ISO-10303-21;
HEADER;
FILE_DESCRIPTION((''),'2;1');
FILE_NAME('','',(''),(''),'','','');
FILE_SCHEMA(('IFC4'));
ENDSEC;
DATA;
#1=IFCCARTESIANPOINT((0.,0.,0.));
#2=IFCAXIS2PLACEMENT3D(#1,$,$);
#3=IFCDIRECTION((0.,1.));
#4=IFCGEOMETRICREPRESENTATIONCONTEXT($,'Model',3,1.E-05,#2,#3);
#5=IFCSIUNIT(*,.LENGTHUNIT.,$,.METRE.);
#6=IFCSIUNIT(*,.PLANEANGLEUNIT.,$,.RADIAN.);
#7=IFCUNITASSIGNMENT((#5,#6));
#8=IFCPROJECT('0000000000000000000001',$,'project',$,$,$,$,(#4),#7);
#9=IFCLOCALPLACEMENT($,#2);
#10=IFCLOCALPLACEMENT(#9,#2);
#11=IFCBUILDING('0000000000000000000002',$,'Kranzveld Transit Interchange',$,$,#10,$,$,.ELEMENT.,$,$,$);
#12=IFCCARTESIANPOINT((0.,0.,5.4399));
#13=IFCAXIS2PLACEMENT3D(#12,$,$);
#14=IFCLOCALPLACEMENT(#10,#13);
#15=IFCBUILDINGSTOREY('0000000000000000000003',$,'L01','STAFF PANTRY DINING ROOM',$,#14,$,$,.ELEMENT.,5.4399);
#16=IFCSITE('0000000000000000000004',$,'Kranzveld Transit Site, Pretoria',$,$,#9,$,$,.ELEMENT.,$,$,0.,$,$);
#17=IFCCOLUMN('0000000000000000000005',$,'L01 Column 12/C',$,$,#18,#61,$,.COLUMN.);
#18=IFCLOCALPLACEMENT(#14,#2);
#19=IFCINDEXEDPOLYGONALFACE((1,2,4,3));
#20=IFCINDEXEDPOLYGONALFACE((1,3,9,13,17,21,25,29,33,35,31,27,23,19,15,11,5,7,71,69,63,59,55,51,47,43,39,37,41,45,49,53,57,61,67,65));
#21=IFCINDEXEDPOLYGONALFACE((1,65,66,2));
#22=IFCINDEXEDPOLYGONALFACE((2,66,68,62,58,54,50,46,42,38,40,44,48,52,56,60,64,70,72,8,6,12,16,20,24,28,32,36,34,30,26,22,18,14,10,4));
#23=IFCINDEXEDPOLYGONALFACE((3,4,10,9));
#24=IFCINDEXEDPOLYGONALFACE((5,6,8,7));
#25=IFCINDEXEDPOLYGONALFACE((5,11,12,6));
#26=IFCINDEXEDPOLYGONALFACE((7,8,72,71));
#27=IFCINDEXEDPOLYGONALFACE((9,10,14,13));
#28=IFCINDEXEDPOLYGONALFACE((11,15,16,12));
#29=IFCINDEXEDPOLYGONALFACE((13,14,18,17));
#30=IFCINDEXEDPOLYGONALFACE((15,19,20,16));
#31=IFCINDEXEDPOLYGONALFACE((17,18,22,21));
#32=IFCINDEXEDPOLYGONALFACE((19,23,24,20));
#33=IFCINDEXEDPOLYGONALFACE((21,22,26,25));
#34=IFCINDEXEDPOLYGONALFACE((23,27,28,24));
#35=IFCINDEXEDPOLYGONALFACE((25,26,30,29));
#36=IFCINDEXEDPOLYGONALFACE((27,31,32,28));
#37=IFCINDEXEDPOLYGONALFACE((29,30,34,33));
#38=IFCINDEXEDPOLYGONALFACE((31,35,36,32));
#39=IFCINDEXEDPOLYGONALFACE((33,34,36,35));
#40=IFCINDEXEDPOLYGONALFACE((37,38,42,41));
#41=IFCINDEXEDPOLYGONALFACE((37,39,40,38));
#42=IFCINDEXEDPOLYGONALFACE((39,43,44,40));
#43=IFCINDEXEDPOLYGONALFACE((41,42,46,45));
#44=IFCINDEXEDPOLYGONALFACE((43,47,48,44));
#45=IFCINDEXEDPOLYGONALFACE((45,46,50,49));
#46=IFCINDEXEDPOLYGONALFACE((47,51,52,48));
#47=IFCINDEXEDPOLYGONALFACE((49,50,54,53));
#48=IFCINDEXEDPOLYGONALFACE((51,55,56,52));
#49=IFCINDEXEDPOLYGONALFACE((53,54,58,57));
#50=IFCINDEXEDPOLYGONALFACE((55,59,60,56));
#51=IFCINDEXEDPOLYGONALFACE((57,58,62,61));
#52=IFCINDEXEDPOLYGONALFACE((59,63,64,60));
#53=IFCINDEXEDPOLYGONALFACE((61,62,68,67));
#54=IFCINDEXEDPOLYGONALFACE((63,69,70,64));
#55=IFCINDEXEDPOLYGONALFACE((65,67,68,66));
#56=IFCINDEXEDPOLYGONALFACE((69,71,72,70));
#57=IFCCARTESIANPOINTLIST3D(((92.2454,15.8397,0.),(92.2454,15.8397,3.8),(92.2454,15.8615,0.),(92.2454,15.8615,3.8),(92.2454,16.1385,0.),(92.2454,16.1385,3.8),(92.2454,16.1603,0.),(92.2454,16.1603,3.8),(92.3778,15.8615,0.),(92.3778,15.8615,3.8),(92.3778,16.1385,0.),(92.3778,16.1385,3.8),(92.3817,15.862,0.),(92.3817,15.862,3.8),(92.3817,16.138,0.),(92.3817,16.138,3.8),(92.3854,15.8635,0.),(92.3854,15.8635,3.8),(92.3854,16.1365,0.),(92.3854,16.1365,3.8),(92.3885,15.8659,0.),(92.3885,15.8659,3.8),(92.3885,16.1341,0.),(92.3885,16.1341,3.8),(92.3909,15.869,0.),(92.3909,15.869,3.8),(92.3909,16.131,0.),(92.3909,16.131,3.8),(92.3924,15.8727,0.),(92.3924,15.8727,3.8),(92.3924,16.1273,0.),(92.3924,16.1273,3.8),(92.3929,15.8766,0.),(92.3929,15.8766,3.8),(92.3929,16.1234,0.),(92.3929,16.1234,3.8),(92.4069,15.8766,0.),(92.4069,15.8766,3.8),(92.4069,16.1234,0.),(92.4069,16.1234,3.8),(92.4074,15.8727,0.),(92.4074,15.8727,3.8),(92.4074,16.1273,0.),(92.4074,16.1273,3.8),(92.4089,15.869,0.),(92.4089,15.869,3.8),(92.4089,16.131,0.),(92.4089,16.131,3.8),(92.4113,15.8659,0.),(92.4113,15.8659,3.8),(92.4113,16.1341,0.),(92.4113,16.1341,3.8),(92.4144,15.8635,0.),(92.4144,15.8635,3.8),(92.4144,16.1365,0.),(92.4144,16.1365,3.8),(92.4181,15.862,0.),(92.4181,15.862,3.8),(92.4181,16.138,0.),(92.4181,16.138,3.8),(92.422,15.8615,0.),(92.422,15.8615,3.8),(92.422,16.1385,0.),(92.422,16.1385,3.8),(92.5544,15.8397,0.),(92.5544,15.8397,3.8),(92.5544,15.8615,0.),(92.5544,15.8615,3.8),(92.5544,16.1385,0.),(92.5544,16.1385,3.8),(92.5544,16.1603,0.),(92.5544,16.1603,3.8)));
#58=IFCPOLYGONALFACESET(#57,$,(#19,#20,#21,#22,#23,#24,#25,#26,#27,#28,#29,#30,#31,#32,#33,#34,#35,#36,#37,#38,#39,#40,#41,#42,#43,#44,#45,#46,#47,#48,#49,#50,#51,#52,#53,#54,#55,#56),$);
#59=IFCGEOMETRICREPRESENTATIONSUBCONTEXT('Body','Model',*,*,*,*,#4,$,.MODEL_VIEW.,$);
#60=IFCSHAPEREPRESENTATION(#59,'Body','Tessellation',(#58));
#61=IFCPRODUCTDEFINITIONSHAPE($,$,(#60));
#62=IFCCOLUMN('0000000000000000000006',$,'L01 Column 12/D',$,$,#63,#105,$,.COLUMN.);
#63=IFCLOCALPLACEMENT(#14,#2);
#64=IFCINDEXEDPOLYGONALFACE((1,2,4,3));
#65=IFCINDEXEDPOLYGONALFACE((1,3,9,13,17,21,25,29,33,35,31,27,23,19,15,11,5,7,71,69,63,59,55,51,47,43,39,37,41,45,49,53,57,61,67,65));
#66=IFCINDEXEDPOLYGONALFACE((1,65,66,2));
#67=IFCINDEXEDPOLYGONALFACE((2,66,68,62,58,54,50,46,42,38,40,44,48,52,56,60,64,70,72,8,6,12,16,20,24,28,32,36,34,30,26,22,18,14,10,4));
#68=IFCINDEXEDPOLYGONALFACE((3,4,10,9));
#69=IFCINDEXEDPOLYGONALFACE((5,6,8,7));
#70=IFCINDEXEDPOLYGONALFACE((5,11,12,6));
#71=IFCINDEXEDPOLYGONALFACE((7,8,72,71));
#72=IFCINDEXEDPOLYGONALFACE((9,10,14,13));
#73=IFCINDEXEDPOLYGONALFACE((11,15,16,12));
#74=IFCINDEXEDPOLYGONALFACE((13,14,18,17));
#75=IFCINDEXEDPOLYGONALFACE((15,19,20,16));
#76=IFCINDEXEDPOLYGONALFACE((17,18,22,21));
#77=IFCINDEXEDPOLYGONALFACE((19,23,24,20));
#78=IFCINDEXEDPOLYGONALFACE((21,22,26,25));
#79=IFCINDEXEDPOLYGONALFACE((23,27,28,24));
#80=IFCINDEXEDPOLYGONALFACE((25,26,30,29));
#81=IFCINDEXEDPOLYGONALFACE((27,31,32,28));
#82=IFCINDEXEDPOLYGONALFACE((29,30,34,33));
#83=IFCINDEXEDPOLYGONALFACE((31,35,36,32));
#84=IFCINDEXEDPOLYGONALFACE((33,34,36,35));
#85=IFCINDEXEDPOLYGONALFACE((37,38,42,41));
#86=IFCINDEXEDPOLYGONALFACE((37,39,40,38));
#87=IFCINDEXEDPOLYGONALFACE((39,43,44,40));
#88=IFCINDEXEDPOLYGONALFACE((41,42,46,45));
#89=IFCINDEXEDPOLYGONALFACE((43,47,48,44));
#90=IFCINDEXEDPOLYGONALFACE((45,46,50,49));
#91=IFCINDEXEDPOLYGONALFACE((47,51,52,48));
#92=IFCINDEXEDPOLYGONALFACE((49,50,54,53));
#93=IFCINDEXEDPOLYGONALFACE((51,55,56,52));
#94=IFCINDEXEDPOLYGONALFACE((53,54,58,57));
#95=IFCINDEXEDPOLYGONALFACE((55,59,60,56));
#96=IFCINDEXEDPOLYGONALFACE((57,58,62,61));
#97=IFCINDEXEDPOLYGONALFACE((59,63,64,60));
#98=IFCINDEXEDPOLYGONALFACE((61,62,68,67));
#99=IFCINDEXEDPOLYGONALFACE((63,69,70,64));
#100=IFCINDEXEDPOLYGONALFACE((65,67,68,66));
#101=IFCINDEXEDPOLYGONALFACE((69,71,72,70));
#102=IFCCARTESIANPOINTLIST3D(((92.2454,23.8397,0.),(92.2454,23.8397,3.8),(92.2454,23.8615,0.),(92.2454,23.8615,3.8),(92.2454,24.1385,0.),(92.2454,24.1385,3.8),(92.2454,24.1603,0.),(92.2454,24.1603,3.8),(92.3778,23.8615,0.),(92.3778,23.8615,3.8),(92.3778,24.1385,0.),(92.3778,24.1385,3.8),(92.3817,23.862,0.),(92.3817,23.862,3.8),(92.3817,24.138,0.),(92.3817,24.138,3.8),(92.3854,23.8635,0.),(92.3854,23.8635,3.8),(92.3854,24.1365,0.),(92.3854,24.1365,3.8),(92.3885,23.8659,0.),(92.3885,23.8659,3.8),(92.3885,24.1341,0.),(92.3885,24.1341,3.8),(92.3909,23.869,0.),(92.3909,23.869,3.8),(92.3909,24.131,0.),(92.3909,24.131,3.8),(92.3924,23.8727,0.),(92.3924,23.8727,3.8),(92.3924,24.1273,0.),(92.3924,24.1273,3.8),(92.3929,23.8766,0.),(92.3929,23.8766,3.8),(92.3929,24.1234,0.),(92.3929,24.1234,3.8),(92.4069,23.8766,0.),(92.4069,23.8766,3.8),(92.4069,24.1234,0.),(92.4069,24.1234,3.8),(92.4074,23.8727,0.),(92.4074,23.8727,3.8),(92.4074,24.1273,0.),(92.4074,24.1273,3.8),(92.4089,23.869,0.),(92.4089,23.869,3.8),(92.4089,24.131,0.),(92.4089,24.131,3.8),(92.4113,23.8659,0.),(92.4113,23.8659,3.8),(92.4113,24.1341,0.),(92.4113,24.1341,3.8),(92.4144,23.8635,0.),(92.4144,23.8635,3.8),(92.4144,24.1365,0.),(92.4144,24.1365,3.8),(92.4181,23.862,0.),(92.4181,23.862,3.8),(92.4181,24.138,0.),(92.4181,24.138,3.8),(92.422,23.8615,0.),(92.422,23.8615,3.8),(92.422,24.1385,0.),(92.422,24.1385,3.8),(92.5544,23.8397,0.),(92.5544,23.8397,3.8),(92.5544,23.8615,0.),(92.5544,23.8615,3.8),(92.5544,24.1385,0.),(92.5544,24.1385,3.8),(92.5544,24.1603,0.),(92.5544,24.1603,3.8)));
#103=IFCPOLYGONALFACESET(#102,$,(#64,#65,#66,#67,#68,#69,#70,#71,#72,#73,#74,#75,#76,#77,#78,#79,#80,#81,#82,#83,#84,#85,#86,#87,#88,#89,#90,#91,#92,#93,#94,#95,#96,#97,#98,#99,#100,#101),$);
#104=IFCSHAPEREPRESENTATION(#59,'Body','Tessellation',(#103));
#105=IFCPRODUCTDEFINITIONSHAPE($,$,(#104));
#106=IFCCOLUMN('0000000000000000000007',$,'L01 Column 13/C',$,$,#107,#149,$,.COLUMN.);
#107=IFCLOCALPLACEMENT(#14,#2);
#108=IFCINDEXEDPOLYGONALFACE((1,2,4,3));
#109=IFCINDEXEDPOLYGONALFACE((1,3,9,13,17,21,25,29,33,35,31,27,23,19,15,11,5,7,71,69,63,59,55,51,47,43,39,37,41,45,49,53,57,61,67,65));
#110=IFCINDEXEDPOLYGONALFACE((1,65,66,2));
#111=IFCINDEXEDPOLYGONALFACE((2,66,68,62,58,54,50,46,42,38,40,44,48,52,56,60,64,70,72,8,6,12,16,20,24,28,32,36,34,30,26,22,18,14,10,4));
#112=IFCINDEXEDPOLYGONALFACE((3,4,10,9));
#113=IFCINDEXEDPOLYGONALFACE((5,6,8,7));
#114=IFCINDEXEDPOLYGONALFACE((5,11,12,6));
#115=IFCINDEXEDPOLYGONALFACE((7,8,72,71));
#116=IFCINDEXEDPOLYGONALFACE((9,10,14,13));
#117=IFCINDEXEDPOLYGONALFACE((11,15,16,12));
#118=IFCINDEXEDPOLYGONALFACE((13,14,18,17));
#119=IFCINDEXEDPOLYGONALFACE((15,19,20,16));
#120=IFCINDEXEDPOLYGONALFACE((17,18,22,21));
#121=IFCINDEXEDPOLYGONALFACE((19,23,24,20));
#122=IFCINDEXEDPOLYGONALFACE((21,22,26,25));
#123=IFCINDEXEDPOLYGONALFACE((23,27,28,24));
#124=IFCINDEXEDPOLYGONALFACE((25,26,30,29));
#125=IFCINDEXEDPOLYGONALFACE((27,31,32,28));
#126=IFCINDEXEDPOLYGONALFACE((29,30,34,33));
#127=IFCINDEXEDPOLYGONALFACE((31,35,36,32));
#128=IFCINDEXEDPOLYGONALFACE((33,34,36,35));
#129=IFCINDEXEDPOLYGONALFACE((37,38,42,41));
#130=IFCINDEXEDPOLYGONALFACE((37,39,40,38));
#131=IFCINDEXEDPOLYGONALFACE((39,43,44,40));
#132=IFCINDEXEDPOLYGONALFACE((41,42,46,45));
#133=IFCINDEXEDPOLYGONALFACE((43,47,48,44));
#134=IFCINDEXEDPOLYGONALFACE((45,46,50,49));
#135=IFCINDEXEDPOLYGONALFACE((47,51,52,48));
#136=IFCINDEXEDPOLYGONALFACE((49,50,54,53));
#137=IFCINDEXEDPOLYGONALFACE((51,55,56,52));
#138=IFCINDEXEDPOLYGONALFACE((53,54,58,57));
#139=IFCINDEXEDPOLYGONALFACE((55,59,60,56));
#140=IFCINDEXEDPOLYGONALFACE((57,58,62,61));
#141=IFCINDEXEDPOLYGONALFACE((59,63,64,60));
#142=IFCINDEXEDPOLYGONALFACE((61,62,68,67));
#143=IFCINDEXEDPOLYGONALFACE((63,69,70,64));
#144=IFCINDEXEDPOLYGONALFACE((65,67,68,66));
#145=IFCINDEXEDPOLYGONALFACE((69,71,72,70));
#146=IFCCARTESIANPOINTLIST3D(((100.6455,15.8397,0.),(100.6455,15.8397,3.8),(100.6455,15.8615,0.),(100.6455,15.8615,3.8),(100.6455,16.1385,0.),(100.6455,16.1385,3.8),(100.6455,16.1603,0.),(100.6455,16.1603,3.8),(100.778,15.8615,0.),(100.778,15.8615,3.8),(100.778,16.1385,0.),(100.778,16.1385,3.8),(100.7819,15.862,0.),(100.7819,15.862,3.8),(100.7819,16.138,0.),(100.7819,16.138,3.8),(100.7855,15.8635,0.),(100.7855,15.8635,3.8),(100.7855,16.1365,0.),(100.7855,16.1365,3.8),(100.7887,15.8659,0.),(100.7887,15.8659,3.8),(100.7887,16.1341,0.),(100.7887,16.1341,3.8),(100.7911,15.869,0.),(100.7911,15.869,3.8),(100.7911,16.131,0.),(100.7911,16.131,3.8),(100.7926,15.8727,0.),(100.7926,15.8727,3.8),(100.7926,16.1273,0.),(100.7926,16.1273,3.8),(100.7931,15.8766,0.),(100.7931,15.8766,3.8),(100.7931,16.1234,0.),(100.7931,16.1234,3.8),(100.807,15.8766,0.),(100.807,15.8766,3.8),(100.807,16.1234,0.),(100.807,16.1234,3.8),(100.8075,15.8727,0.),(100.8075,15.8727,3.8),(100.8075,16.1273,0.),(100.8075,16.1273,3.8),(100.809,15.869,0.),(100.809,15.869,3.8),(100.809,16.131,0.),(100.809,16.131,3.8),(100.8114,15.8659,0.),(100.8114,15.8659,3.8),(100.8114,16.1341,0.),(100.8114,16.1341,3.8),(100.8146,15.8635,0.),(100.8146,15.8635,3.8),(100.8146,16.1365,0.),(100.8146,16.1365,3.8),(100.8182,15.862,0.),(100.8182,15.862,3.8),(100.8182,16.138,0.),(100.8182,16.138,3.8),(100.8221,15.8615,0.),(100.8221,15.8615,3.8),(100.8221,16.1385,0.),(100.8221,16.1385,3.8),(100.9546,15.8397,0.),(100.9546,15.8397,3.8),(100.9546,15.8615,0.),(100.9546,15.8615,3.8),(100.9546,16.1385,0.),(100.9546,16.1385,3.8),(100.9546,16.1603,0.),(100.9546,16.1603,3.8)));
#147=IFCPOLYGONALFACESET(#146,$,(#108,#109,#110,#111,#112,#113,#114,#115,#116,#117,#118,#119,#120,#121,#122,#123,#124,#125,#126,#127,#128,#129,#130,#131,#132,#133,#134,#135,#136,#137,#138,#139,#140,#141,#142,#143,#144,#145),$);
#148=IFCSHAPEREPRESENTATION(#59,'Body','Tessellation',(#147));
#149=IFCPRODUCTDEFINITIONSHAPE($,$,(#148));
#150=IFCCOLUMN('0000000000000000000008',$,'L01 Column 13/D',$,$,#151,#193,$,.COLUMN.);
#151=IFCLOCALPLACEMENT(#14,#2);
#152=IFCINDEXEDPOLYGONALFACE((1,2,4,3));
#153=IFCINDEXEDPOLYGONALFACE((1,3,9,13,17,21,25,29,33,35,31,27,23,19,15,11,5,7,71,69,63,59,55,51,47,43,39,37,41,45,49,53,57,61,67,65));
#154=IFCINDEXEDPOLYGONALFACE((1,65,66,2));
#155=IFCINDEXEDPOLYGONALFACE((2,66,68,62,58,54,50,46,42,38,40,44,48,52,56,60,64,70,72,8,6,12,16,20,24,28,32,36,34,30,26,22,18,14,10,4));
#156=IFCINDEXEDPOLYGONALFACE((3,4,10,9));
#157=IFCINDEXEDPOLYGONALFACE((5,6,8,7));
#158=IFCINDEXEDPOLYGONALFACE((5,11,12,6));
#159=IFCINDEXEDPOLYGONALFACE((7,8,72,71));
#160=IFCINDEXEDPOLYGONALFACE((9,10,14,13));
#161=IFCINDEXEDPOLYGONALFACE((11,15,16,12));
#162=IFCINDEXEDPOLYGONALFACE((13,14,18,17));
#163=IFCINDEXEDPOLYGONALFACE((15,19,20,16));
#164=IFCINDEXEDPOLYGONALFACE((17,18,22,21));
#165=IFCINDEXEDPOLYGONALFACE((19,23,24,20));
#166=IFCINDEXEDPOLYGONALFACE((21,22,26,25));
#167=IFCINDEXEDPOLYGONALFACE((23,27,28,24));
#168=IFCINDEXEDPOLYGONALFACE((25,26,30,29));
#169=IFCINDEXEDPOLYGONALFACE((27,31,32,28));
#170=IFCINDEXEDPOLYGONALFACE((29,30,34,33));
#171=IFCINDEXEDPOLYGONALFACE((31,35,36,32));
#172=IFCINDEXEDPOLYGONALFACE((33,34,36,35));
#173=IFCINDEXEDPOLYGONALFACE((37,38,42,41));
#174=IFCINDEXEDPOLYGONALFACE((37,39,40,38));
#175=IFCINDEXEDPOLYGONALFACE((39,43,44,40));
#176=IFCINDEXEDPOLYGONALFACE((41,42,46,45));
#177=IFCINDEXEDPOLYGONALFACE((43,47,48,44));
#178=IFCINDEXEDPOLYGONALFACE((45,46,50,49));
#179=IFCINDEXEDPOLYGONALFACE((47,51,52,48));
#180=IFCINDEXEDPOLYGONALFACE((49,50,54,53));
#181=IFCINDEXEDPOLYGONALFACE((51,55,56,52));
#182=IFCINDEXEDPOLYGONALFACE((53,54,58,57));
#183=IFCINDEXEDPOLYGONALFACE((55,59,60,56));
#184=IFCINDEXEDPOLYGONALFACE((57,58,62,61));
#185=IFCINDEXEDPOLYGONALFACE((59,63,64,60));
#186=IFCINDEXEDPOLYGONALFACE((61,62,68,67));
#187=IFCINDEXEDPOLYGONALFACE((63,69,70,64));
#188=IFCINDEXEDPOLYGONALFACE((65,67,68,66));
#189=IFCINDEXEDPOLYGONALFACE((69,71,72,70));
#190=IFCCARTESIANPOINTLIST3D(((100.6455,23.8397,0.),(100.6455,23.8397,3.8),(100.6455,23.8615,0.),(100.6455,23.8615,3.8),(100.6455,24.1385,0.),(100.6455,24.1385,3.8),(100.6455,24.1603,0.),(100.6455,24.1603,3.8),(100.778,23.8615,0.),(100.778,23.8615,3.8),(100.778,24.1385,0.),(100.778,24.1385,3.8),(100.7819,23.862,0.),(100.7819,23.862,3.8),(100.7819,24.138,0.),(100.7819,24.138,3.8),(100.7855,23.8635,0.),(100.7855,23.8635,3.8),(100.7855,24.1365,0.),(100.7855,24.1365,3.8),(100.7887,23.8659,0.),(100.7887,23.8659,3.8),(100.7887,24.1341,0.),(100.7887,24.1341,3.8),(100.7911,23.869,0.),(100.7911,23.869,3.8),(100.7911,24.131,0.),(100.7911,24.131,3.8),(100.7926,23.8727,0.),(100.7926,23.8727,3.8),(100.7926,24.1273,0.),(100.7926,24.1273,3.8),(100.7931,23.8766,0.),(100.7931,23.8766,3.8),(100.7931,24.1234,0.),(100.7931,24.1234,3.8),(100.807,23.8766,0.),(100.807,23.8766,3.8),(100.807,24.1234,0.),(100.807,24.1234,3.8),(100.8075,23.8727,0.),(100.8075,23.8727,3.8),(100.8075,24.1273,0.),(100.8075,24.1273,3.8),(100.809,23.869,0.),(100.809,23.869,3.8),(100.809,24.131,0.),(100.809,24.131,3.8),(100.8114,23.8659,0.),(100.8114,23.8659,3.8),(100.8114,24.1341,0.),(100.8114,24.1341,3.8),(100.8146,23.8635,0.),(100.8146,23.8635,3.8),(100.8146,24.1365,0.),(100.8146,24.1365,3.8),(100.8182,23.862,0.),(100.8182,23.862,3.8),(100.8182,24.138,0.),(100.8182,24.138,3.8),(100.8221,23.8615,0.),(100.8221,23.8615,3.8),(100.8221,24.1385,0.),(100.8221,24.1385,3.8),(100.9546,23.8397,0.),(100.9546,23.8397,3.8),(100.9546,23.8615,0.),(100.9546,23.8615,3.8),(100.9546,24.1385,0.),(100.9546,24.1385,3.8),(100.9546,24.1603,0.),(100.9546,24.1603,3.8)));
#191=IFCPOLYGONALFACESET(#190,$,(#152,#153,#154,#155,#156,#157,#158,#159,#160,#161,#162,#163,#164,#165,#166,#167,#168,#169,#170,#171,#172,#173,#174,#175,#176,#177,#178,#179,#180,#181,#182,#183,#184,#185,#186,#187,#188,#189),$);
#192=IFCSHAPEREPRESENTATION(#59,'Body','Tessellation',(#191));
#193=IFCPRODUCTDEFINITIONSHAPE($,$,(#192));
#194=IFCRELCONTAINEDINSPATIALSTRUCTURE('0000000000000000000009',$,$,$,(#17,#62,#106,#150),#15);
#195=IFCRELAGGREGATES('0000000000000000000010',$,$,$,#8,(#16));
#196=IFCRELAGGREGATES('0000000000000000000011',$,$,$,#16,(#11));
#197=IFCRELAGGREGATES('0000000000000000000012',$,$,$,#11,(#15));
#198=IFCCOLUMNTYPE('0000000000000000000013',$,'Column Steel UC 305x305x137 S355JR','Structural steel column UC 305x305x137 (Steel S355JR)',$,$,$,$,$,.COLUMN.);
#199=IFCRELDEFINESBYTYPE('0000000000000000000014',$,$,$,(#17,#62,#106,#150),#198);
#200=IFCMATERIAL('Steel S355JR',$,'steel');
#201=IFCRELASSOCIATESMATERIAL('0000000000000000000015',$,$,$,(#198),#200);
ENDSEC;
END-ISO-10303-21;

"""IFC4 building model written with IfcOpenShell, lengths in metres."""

from ifc_helpers import new_model, si_unit, direction, frame, origin, origin_2d, place, context, subcontext, project, spatial, i_section, extrude, material, material_profile, profile_set, type_object, element, save


model = new_model("IFC4")

# Units and contexts
model_context = context("Model", 3, precision=1e-05, world=origin(), true_north=direction((0.0, 1.0)))
body_context = subcontext(model_context, "Body", "Model", "MODEL_VIEW")
ifc_project = project(units=[si_unit("LENGTHUNIT", "METRE"), si_unit("PLANEANGLEUNIT", "RADIAN")], contexts=[model_context])

# Site, building, storey
site_placement = place(None, origin())
site = spatial("IfcSite", under=ifc_project, at=site_placement, Name="Kranzveld Transit Site, Pretoria", CompositionType="ELEMENT", RefElevation=0.0)
building_placement = place(site_placement, origin())
building = spatial("IfcBuilding", under=site, at=building_placement, Name="Kranzveld Transit Interchange", CompositionType="ELEMENT")
storey_placement = place(building_placement, frame((0.0, 0.0, 5.4399)))
storey = spatial("IfcBuildingStorey", under=building, at=storey_placement, Name="L01", Description="STAFF PANTRY DINING ROOM", CompositionType="ELEMENT", Elevation=5.4399)

# Columns
ifc_material_1 = material(Name="Steel S355JR", Category="steel")
ifc_material_profile_1 = material_profile(ifc_material_1, i_section(OverallWidth=0.3091, OverallDepth=0.3206, WebThickness=0.0139, FlangeThickness=0.0217, FilletRadius=0.0151, at=origin_2d()), Name="UC 305x305x137")
ifc_profile_set_1 = profile_set([ifc_material_profile_1], Name="Steel S355JR")
column_type = type_object("IfcColumnType", Name="Column Steel UC 305x305x137 S355JR", Description="Structural steel column UC 305x305x137 (Steel S355JR)", PredefinedType="COLUMN", material=ifc_profile_set_1)
for number, where, z_axis, x_axis, name in (
    (1, (92.3999, 16.0, 0.0), (0.0, 0.0, 1.0), (1.0, 0.0, 0.0), "L01 Column 12/C"),
    (2, (92.3999, 24.0, 0.0), (0.0, 0.0, 1.0), (1.0, 0.0, 0.0), "L01 Column 12/D"),
    (3, (100.8, 16.0, 0.0), (0.0, 0.0, 1.0), (1.0, 0.0, 0.0), "L01 Column 13/C"),
    (4, (100.8, 24.0, 0.0), (0.0, 0.0, 1.0), (1.0, 0.0, 0.0), "L01 Column 13/D"),
):
    element("IfcColumn", number, at=place(storey_placement, frame(where, z_axis=z_axis, x_axis=x_axis)), inside=storey, type_object=column_type, Name=name, PredefinedType="COLUMN", context=body_context, shape_type="SweptSolid", body=[
        extrude(i_section(OverallWidth=0.3091, OverallDepth=0.3206, WebThickness=0.0139, FlangeThickness=0.0217, FilletRadius=0.0151, at=origin_2d()), origin(), (0.0, 0.0, 1.0), 3.8),
    ])

save(model, "model.ifc")
